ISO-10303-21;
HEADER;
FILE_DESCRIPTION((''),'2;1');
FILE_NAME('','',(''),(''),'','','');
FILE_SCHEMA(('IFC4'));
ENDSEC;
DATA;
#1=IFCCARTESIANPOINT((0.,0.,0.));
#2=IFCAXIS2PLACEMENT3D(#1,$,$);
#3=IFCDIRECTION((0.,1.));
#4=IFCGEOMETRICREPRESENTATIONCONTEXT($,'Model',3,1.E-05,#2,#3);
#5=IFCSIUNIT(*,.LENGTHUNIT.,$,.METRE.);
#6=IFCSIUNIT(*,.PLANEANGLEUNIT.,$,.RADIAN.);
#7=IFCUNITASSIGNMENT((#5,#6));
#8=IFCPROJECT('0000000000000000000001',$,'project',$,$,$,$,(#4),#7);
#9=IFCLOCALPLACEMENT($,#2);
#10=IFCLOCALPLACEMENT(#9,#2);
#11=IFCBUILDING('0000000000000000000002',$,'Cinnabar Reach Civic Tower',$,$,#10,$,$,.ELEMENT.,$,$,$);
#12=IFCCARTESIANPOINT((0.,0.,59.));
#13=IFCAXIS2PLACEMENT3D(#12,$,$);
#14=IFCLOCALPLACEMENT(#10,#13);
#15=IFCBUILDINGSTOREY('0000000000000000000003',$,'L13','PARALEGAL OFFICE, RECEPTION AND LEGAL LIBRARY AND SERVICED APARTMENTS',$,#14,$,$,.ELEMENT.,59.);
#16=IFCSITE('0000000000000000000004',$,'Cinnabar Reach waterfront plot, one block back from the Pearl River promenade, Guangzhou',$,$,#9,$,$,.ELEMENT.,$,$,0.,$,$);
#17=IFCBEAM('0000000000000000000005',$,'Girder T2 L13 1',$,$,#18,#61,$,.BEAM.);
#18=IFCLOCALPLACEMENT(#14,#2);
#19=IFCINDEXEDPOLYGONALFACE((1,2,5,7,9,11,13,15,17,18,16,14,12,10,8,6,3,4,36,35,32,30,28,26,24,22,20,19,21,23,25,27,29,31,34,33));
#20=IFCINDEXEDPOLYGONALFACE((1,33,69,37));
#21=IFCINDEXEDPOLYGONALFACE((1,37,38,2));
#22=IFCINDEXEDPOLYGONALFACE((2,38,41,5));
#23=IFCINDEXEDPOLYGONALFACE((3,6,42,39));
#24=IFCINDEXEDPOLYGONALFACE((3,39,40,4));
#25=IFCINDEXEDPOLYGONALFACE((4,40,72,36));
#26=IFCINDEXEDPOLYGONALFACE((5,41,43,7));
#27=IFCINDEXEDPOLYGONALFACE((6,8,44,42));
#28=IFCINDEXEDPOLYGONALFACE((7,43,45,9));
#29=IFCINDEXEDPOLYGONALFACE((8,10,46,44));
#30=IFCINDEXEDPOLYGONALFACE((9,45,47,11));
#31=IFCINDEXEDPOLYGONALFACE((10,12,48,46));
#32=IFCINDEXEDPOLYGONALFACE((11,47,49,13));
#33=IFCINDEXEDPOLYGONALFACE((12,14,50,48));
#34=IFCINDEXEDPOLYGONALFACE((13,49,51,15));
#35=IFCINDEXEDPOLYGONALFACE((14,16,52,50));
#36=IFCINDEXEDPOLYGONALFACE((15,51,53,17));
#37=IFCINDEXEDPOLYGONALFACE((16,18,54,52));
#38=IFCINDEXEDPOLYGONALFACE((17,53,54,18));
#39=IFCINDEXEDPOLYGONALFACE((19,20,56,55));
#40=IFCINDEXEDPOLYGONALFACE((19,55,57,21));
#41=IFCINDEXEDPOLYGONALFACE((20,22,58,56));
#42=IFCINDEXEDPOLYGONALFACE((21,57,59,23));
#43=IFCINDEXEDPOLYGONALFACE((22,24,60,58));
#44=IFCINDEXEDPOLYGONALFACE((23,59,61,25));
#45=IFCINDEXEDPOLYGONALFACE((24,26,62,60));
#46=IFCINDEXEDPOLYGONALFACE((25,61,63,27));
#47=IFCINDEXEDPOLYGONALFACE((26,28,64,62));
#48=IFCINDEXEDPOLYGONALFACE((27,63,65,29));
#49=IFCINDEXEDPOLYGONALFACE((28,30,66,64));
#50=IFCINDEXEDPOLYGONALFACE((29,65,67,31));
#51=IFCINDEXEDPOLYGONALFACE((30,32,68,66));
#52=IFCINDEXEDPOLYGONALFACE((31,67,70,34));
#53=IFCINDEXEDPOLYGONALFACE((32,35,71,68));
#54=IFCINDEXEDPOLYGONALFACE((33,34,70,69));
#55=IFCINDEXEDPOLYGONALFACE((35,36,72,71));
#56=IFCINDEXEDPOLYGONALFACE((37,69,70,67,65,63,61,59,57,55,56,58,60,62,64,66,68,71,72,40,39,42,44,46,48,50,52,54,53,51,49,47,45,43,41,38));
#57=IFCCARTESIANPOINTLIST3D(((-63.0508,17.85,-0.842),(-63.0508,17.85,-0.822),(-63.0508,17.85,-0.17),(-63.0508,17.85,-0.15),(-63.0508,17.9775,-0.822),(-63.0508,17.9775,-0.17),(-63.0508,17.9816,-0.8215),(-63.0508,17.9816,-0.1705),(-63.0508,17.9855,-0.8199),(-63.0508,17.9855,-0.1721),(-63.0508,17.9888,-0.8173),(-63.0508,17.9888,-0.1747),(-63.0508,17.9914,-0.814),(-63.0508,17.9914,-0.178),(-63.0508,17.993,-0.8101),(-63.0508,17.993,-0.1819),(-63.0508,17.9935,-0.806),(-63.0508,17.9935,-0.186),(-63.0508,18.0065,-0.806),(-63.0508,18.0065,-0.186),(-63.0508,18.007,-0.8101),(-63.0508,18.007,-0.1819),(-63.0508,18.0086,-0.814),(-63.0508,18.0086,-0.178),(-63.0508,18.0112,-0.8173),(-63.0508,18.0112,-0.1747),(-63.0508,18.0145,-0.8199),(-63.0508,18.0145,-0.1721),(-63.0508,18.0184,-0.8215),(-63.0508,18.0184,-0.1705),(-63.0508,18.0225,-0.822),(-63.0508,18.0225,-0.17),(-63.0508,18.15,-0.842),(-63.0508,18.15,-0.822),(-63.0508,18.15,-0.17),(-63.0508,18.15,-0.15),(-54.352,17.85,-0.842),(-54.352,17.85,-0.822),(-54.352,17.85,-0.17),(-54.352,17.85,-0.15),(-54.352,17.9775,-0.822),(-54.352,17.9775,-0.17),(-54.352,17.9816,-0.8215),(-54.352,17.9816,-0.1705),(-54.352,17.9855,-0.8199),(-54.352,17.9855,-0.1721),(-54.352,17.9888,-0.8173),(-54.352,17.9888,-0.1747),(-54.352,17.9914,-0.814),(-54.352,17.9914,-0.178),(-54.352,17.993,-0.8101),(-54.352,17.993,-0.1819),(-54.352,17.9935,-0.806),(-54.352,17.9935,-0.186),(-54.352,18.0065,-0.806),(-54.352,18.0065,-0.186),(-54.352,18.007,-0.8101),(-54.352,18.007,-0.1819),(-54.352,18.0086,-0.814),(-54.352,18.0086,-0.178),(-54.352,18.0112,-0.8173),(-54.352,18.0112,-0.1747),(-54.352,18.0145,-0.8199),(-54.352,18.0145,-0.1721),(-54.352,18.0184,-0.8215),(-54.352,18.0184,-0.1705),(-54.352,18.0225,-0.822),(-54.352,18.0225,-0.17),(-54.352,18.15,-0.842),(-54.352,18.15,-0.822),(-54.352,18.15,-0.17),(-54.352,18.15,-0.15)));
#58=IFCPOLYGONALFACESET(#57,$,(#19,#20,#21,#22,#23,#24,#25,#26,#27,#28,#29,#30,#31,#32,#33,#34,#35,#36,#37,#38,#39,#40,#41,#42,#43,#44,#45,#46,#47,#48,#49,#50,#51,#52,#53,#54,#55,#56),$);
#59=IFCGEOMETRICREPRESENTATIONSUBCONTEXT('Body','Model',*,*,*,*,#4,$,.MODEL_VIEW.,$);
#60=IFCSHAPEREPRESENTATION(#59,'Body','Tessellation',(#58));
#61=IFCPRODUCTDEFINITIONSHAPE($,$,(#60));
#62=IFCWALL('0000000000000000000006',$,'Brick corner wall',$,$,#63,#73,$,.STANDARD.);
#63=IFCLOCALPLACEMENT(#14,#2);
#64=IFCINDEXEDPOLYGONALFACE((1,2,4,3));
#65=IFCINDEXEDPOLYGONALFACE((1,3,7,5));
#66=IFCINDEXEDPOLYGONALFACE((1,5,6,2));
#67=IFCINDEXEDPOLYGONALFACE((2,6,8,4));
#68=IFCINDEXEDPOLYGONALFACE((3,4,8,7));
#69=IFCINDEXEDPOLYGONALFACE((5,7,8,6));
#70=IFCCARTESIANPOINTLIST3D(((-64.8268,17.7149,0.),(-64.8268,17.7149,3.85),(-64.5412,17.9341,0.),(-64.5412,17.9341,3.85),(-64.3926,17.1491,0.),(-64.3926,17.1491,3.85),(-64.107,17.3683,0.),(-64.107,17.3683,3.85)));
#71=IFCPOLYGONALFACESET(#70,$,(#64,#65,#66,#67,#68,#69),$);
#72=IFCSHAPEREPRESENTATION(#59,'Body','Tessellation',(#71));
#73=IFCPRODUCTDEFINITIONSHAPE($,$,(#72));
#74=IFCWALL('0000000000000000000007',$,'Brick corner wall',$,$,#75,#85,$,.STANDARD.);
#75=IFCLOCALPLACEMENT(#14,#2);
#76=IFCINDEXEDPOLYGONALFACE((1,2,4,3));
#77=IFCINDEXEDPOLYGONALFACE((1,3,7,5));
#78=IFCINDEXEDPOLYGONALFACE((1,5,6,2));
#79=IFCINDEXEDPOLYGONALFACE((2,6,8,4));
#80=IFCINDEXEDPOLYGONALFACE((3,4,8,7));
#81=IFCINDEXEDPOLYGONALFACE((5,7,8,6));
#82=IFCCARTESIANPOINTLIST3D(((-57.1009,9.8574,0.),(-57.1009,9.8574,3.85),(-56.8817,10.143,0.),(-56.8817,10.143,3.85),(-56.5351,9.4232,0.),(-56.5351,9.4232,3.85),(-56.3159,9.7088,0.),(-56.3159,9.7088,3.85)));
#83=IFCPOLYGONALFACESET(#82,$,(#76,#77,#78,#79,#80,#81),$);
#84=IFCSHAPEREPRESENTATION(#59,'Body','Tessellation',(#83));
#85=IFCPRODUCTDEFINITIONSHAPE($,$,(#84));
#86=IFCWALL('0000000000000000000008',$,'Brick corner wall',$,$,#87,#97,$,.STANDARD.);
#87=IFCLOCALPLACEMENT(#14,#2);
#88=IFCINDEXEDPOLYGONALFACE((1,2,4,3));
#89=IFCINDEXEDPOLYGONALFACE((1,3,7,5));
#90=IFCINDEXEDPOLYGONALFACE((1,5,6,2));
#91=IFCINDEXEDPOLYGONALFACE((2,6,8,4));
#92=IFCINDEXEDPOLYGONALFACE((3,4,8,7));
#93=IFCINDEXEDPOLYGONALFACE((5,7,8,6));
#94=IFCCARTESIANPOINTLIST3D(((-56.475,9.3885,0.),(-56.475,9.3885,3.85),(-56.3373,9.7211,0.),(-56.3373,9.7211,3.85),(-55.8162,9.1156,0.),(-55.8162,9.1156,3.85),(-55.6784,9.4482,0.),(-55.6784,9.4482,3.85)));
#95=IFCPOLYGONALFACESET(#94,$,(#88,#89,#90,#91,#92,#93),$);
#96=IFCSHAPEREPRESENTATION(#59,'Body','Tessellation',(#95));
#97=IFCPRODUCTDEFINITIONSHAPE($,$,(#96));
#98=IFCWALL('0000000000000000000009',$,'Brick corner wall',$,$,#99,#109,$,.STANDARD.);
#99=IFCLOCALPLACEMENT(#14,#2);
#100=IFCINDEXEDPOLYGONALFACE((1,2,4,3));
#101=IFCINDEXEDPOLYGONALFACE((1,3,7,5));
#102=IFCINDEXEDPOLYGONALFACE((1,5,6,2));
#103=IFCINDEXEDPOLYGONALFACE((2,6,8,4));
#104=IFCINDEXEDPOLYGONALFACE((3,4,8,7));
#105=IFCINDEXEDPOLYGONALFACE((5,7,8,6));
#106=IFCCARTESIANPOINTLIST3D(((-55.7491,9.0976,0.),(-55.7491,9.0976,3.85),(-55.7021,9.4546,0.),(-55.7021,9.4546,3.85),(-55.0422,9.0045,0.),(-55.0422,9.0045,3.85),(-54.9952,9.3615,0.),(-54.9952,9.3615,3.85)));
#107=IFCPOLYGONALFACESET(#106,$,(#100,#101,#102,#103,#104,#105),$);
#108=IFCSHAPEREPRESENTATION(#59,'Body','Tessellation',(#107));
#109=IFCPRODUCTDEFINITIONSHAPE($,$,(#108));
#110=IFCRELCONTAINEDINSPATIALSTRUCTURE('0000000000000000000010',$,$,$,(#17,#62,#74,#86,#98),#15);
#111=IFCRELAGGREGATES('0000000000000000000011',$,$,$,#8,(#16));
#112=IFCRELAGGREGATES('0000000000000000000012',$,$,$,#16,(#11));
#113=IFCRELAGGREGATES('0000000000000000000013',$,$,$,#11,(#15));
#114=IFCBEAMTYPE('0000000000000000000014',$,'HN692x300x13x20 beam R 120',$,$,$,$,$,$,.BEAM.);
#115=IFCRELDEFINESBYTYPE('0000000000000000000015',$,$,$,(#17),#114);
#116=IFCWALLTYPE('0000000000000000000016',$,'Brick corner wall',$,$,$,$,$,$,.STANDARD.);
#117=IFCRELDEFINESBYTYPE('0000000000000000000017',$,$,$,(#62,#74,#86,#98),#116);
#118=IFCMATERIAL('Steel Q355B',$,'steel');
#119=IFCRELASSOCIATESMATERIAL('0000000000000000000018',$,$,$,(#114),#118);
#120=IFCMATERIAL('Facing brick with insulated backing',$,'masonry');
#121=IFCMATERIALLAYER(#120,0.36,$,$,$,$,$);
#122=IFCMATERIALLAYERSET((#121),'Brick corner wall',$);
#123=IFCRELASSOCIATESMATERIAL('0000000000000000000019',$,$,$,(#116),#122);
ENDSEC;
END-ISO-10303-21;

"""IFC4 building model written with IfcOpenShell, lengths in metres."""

from ifc_helpers import new_model, si_unit, direction, frame, frame_2d, origin, origin_2d, place, context, subcontext, project, spatial, rectangle, i_section, extrude, material, layer, layer_set, material_profile, profile_set, type_object, element, save


model = new_model("IFC4")

# Units and contexts
model_context = context("Model", 3, precision=1e-05, world=origin(), true_north=direction((0.0, 1.0)))
body_context = subcontext(model_context, "Body", "Model", "MODEL_VIEW")
ifc_project = project(units=[si_unit("LENGTHUNIT", "METRE"), si_unit("PLANEANGLEUNIT", "RADIAN")], contexts=[model_context])

# Site, building, storey
site_placement = place(None, origin())
site = spatial("IfcSite", under=ifc_project, at=site_placement, Name="Cinnabar Reach waterfront plot, one block back from the Pearl River promenade, Guangzhou", CompositionType="ELEMENT", RefElevation=0.0)
building_placement = place(site_placement, origin())
building = spatial("IfcBuilding", under=site, at=building_placement, Name="Cinnabar Reach Civic Tower", CompositionType="ELEMENT")
storey_placement = place(building_placement, frame((0.0, 0.0, 59.0)))
storey = spatial("IfcBuildingStorey", under=building, at=storey_placement, Name="L13", Description="PARALEGAL OFFICE, RECEPTION AND LEGAL LIBRARY AND SERVICED APARTMENTS", CompositionType="ELEMENT", Elevation=59.0)

# Beam
ifc_material_1 = material(Name="Steel Q355B", Category="steel")
ifc_material_profile_1 = material_profile(ifc_material_1, i_section(OverallWidth=0.3, OverallDepth=0.692, WebThickness=0.013, FlangeThickness=0.02, FilletRadius=0.016, at=origin_2d()), Name="HN692x300x13x20")
ifc_profile_set_1 = profile_set([ifc_material_profile_1], Name="Steel Q355B")
beam_type_1 = type_object("IfcBeamType", Name="HN692x300x13x20 beam R 120", PredefinedType="BEAM", material=ifc_profile_set_1)
beam_1_placement = place(storey_placement, frame((-63.0508, 18.0, -0.496), z_axis=(1.0, 0.0, 0.0), x_axis=(0.0, 1.0, 0.0)))
element("IfcBeam", 1, at=beam_1_placement, inside=storey, type_object=beam_type_1, Name="Girder T2 L13 1", PredefinedType="BEAM", context=body_context, shape_type="SweptSolid", body=[
    extrude(i_section(OverallWidth=0.3, OverallDepth=0.692, WebThickness=0.013, FlangeThickness=0.02, FilletRadius=0.016, at=origin_2d()), origin(), (0.0, 0.0, 1.0), 8.6988),
])

# Walls
ifc_material_2 = material(Name="Facing brick with insulated backing", Category="masonry")
ifc_layer_1 = layer(ifc_material_2, 0.36)
ifc_layer_set_1 = layer_set([ifc_layer_1], Name="Brick corner wall")
wall_type_1 = type_object("IfcWallType", Name="Brick corner wall", PredefinedType="STANDARD", material=ifc_layer_set_1)
for number, where, z_axis, x_axis, name in (
    (2, (-64.684, 17.8245, 0.0), (0.0, 0.0, 1.0), (0.608802, -0.793322, 0.0), "Brick corner wall"),
    (3, (-56.9913, 10.0002, 0.0), (0.0, 0.0, 1.0), (0.793322, -0.608802, 0.0), "Brick corner wall"),
):
    element("IfcWall", number, at=place(storey_placement, frame(where, z_axis=z_axis, x_axis=x_axis)), inside=storey, type_object=wall_type_1, Name=name, PredefinedType="STANDARD", context=body_context, shape_type="SweptSolid", body=[
        extrude(rectangle(XDim=0.7132, YDim=0.36, at=frame_2d((0.3566, 0.0))), origin(), (0.0, 0.0, 1.0), 3.85),
    ])
for number, where, z_axis, x_axis, name in (
    (4, (-56.4061, 9.5548, 0.0), (0.0, 0.0, 1.0), (0.923872, -0.382703, 0.0), "Brick corner wall"),
    (5, (-55.7256, 9.2761, 0.0), (0.0, 0.0, 1.0), (0.991441, -0.130556, 0.0), "Brick corner wall"),
):
    element("IfcWall", number, at=place(storey_placement, frame(where, z_axis=z_axis, x_axis=x_axis)), inside=storey, type_object=wall_type_1, Name=name, PredefinedType="STANDARD", context=body_context, shape_type="SweptSolid", body=[
        extrude(rectangle(XDim=0.7131, YDim=0.36, at=frame_2d((0.3565, 0.0))), origin(), (0.0, 0.0, 1.0), 3.85),
    ])

save(model, "model.ifc")
